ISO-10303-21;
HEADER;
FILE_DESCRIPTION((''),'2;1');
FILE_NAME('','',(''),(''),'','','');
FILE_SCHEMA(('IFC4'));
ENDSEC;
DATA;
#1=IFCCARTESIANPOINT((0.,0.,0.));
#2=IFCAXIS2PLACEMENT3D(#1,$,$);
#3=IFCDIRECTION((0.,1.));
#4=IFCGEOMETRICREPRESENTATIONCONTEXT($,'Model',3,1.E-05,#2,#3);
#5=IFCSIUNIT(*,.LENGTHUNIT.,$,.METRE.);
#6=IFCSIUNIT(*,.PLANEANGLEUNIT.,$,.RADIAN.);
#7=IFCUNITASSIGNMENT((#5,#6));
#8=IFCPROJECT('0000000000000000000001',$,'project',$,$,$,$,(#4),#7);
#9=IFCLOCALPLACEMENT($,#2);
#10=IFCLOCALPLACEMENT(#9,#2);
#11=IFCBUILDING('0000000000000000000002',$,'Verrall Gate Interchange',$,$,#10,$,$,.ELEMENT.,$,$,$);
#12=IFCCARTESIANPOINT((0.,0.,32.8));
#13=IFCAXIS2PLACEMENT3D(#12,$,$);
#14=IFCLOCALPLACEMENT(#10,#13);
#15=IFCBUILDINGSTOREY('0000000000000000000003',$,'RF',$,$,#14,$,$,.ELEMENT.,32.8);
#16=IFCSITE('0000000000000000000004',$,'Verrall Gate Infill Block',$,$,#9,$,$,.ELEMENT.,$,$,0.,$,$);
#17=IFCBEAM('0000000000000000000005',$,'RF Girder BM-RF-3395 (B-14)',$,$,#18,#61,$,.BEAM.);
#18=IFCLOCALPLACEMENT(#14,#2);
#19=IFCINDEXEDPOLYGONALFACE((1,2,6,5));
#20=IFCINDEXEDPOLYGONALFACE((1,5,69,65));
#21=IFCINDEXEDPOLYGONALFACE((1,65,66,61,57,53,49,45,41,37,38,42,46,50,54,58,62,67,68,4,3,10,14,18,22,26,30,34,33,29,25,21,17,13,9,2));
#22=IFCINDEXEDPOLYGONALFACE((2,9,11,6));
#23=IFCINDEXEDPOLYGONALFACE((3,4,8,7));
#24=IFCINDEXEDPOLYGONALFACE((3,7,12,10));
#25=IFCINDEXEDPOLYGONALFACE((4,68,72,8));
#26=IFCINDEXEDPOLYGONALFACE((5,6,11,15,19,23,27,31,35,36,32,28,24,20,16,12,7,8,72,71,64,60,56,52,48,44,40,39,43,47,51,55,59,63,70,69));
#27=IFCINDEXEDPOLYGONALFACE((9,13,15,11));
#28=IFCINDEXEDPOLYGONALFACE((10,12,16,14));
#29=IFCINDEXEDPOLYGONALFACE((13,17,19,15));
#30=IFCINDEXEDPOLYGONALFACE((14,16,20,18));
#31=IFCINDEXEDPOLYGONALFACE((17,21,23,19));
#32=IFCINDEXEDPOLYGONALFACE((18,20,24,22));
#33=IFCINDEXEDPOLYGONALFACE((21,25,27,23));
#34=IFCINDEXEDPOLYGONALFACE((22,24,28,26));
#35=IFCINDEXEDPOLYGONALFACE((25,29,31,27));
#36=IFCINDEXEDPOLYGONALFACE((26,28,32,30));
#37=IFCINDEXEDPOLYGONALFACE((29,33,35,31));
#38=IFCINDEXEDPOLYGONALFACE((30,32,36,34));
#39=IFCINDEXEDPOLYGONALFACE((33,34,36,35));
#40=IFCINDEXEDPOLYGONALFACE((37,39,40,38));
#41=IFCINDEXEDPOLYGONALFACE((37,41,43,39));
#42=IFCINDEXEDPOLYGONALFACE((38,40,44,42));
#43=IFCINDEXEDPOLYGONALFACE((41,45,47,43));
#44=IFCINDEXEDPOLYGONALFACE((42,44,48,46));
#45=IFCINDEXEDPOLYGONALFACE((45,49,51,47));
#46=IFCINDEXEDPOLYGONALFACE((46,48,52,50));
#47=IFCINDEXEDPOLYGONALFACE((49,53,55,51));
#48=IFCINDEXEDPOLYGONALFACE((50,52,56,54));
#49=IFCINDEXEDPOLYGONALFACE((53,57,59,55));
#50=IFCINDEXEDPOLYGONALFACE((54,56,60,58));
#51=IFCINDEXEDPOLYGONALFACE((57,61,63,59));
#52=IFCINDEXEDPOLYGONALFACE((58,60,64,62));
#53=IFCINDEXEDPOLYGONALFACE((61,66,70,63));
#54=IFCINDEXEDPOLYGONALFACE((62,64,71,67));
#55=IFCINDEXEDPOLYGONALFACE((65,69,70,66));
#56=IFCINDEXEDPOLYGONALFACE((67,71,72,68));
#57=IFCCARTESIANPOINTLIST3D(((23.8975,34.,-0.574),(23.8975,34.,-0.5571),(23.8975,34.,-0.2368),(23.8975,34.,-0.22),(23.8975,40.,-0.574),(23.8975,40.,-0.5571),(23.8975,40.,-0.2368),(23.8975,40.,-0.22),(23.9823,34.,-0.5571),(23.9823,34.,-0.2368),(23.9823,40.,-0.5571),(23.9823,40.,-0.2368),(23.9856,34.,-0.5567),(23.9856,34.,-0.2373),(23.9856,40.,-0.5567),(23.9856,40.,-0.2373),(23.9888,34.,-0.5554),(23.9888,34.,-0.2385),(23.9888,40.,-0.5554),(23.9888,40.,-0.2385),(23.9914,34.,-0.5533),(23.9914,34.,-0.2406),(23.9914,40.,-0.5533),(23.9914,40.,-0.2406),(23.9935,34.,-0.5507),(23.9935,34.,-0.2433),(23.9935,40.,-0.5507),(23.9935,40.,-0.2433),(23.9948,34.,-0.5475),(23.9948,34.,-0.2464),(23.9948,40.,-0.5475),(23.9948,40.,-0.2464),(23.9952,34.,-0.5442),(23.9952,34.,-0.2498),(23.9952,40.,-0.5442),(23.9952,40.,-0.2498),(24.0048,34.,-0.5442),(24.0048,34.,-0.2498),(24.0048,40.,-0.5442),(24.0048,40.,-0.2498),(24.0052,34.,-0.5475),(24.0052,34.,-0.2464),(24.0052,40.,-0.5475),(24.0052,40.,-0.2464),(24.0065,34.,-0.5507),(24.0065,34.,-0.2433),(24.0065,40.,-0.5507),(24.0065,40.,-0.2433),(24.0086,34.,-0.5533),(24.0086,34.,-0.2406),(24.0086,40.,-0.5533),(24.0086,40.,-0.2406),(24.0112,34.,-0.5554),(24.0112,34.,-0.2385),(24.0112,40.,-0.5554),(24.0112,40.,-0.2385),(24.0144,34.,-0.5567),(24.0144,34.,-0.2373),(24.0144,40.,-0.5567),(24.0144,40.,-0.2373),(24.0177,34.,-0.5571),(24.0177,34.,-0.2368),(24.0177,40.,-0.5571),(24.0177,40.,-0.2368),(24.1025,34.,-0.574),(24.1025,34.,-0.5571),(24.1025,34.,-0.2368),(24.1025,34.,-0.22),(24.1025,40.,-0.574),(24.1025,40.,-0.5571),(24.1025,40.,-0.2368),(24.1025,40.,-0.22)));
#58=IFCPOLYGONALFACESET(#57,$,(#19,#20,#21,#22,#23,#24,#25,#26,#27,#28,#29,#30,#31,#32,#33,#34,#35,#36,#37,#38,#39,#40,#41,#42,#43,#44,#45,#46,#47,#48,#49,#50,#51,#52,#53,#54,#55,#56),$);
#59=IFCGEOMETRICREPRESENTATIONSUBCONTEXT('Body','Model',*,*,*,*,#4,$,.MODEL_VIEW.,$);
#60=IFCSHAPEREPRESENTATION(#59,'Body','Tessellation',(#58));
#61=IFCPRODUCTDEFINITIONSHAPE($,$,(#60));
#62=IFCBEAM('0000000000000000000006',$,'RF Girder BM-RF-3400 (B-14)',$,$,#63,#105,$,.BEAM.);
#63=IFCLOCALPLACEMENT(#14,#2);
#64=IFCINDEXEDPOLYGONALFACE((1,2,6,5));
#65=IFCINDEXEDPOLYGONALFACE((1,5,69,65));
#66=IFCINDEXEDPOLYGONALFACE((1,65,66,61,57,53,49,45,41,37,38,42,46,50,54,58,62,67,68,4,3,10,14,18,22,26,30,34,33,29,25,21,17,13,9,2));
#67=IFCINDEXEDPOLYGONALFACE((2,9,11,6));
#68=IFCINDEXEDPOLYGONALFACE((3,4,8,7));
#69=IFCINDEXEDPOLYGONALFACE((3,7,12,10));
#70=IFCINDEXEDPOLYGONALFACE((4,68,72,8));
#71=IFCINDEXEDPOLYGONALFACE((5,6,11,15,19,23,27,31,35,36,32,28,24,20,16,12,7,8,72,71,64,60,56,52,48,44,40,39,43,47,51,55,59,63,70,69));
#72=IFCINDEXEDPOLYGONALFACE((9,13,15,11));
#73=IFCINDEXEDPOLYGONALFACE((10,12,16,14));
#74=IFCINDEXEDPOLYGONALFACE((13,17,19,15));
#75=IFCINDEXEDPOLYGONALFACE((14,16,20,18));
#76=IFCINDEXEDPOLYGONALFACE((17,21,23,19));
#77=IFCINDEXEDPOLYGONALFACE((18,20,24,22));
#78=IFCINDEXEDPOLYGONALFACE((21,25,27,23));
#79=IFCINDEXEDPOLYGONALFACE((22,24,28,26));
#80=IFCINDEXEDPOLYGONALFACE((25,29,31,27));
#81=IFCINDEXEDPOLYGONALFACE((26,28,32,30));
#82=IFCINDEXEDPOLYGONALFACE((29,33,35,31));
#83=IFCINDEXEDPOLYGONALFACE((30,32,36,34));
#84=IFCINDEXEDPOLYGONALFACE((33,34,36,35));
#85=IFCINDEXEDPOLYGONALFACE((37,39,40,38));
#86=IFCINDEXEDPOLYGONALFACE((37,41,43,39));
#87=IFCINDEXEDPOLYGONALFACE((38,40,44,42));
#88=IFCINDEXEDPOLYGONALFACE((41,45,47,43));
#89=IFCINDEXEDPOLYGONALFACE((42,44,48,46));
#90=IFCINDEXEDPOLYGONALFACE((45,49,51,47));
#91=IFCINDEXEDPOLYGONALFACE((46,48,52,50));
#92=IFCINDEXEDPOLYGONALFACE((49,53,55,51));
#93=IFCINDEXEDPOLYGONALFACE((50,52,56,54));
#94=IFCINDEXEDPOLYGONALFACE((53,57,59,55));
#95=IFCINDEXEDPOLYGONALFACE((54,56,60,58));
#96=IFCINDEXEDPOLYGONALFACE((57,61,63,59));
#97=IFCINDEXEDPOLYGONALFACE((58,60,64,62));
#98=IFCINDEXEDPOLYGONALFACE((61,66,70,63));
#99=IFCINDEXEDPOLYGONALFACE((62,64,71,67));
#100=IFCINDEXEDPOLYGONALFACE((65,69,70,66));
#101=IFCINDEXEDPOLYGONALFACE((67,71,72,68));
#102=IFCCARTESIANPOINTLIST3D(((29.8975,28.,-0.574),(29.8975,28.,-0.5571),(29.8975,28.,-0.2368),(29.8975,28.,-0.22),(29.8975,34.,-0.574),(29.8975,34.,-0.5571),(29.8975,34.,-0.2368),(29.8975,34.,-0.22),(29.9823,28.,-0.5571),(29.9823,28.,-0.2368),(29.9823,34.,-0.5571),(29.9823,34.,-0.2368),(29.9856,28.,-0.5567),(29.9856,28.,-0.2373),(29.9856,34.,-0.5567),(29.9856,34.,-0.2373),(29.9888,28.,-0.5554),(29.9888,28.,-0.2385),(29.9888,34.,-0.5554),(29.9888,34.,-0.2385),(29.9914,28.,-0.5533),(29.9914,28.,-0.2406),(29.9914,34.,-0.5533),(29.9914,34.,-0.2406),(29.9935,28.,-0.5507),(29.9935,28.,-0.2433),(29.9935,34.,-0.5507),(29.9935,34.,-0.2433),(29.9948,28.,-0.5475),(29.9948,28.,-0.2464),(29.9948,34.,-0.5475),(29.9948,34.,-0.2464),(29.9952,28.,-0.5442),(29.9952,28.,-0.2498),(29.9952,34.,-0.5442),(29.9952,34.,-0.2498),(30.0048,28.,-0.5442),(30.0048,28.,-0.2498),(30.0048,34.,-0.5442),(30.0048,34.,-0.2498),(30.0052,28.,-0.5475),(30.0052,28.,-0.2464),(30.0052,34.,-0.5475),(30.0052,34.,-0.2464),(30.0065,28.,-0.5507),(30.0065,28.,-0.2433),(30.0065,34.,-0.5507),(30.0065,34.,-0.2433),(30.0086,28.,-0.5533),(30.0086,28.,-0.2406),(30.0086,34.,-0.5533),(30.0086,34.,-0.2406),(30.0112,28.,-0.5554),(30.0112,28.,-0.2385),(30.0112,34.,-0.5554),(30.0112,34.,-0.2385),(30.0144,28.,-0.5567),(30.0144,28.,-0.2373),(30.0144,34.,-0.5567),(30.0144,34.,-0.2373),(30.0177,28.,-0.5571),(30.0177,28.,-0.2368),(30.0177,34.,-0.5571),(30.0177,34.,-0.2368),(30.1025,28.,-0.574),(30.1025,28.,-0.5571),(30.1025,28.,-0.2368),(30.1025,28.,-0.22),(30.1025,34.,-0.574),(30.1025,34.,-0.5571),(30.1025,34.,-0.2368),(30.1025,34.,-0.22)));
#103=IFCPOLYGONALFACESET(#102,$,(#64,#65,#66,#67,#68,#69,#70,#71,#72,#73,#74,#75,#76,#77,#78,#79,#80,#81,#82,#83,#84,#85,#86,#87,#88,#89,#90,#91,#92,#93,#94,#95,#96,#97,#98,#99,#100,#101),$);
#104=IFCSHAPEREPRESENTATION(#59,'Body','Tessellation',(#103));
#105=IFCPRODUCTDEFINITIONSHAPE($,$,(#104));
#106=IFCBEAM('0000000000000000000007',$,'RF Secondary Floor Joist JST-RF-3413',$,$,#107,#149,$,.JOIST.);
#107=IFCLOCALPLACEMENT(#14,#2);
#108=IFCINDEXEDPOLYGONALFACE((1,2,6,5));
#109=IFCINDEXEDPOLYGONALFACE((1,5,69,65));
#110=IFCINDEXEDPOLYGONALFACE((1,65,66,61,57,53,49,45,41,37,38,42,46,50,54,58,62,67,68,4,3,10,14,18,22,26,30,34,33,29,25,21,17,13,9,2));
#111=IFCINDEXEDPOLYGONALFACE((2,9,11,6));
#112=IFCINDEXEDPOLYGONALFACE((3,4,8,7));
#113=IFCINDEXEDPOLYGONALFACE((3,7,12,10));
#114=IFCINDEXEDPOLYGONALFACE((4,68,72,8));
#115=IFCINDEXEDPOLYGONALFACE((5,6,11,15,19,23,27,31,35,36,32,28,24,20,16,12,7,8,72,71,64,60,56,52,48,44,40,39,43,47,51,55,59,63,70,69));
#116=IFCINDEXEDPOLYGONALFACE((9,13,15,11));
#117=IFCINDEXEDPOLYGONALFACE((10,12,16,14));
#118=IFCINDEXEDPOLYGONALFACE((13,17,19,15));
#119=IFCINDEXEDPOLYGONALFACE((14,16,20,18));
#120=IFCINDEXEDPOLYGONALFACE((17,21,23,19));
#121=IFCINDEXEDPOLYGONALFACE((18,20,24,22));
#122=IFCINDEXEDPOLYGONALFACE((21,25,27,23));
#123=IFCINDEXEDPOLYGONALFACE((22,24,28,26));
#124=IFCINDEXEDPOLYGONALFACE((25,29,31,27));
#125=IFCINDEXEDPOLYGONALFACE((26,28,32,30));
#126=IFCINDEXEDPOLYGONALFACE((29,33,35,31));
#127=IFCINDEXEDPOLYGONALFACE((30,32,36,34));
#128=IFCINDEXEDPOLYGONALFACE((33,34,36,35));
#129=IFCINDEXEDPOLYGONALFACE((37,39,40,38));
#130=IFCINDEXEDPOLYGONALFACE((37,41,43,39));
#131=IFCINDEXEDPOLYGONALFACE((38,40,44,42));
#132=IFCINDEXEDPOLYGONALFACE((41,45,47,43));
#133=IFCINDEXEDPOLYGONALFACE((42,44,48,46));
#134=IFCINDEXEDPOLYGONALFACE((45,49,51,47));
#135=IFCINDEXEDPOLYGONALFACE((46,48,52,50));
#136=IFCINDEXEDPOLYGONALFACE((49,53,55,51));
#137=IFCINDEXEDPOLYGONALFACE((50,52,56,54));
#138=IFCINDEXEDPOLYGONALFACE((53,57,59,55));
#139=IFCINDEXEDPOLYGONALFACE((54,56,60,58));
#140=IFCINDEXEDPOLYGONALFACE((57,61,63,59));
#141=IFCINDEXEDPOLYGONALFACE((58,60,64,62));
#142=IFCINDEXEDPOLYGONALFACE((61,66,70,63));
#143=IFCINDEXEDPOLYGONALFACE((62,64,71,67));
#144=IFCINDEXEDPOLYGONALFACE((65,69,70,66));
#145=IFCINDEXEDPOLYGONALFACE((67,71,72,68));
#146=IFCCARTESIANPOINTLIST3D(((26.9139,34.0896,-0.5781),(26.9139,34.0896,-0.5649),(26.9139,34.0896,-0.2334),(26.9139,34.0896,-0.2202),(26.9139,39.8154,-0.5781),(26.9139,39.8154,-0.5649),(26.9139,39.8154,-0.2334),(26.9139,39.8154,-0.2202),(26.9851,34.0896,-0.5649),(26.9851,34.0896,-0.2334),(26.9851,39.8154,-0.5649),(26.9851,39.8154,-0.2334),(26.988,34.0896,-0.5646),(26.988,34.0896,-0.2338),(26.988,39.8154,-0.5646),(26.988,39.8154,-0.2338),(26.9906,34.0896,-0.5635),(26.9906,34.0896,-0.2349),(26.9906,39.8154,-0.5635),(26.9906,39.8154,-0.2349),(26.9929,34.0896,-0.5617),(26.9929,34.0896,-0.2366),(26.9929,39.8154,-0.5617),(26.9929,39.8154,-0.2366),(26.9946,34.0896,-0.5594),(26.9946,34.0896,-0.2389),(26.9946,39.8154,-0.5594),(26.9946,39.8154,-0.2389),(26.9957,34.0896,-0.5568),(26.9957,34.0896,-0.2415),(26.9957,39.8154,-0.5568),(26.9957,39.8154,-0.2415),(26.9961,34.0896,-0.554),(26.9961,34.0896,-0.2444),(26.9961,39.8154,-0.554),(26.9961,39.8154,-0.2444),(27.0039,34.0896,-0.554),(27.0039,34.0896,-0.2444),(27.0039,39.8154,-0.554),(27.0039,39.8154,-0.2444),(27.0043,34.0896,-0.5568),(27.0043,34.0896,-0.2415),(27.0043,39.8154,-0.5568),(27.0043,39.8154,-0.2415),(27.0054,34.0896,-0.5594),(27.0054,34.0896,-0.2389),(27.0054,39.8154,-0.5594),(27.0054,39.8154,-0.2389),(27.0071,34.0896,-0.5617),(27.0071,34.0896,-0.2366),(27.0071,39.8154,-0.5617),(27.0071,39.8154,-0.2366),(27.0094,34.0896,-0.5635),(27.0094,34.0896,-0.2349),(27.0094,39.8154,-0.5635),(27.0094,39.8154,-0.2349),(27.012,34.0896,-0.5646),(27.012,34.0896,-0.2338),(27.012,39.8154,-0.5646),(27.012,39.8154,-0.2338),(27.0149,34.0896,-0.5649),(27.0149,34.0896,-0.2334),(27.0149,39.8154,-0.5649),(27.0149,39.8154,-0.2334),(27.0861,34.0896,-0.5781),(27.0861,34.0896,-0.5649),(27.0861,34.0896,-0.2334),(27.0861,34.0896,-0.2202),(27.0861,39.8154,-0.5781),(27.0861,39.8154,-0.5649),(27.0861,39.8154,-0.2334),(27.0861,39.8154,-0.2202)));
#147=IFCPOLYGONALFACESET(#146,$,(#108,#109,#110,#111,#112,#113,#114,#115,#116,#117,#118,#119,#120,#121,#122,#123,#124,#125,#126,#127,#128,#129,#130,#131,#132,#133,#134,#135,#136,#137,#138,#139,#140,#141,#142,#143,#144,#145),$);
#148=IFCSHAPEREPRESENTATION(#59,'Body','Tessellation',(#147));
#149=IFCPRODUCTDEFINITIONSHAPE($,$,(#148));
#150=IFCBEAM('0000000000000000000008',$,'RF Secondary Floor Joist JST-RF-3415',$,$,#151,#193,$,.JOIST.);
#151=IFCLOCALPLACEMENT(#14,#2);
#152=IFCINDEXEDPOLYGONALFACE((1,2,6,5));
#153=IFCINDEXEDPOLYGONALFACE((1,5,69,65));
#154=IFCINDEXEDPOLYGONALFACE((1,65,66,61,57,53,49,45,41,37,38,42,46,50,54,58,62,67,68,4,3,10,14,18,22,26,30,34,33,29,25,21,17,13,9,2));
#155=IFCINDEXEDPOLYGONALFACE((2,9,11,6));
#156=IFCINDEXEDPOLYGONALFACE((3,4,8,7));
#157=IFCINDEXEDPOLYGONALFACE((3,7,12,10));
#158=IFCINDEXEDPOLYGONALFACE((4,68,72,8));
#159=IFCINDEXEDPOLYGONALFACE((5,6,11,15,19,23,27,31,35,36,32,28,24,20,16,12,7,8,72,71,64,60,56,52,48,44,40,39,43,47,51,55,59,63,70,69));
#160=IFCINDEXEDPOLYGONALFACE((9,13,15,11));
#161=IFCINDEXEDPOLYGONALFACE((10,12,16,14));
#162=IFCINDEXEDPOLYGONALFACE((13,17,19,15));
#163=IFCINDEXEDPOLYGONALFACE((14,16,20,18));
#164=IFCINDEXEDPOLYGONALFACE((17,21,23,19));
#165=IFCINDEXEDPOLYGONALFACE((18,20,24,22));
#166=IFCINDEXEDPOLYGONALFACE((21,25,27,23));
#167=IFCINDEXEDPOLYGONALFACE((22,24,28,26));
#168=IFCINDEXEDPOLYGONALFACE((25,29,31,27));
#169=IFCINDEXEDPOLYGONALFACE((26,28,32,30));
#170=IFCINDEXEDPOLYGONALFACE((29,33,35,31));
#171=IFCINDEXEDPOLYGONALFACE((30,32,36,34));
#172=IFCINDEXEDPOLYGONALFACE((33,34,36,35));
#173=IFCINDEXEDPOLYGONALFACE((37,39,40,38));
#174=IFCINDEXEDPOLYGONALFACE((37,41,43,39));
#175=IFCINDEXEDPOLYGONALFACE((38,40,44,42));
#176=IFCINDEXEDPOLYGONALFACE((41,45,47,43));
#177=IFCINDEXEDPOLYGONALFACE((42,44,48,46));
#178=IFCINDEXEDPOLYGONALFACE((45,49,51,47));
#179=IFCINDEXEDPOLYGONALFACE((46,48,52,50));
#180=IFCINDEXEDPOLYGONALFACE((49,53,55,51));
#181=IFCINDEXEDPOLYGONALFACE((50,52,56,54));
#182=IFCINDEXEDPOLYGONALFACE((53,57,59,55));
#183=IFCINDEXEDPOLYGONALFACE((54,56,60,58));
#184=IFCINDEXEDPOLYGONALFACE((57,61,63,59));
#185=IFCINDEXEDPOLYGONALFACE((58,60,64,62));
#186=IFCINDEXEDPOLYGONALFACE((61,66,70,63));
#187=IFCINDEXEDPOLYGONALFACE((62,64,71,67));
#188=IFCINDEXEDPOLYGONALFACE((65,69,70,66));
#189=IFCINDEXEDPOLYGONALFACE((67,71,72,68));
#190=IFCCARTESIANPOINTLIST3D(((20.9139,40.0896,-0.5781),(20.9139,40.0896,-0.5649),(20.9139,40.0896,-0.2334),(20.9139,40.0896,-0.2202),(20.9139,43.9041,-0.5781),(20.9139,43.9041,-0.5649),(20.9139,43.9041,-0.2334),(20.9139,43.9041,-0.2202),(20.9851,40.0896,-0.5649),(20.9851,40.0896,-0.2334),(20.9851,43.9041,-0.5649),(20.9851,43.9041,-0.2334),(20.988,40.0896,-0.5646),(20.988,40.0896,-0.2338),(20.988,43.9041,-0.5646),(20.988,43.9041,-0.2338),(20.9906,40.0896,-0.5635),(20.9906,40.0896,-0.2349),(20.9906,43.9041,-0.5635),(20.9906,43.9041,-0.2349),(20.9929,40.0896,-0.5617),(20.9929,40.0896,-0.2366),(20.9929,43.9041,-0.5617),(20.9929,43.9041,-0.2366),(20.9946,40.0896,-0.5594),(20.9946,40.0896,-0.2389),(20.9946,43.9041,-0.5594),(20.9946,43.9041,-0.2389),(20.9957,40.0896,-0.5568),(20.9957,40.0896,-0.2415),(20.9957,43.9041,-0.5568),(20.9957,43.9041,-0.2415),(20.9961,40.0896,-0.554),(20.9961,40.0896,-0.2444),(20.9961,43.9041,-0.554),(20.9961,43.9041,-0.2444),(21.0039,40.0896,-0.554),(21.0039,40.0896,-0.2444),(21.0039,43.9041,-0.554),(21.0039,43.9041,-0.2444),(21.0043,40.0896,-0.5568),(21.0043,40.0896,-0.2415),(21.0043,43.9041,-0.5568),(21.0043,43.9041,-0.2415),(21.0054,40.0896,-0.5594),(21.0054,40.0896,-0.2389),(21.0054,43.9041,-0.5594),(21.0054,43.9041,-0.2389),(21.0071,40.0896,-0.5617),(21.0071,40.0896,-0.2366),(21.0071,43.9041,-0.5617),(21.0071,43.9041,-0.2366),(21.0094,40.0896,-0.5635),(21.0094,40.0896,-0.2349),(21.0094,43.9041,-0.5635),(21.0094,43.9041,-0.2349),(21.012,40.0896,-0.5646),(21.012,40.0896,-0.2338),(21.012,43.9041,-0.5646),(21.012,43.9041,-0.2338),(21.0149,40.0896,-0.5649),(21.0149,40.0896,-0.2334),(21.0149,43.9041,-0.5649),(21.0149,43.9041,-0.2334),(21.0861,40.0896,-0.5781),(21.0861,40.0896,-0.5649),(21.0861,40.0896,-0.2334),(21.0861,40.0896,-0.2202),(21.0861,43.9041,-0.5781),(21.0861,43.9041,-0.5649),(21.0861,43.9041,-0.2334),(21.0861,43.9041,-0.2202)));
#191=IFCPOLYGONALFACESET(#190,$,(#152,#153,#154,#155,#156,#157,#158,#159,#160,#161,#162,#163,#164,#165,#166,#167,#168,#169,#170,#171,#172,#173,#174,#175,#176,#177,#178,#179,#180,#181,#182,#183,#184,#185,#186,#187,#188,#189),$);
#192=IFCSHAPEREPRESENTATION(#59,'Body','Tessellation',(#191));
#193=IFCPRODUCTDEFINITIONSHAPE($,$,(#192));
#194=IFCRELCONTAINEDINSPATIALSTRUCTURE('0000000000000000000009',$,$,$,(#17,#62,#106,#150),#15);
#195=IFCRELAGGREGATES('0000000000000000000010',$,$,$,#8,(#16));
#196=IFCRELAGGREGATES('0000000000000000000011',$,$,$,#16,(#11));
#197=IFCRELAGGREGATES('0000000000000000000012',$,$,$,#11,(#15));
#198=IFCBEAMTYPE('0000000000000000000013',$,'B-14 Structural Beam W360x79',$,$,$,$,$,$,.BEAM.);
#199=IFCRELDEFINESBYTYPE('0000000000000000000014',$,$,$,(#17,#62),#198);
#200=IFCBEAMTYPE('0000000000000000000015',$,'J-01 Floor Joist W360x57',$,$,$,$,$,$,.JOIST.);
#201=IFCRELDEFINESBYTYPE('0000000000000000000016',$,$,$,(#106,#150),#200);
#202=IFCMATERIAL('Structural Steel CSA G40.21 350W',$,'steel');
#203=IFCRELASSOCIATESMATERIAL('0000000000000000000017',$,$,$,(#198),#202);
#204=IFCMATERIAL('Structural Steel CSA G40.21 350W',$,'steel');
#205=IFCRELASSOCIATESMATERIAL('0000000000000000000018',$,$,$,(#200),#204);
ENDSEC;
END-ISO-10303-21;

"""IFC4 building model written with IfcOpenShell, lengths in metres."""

from ifc_helpers import new_model, si_unit, direction, frame, origin, origin_2d, place, context, subcontext, project, spatial, i_section, extrude, material, material_profile, profile_set, type_object, element, save


model = new_model("IFC4")

# Units and contexts
model_context = context("Model", 3, precision=1e-05, world=origin(), true_north=direction((0.0, 1.0)))
body_context = subcontext(model_context, "Body", "Model", "MODEL_VIEW")
ifc_project = project(units=[si_unit("LENGTHUNIT", "METRE"), si_unit("PLANEANGLEUNIT", "RADIAN")], contexts=[model_context])

# Site, building, storey
site_placement = place(None, origin())
site = spatial("IfcSite", under=ifc_project, at=site_placement, Name="Verrall Gate Infill Block", CompositionType="ELEMENT", RefElevation=0.0)
building_placement = place(site_placement, origin())
building = spatial("IfcBuilding", under=site, at=building_placement, Name="Verrall Gate Interchange", CompositionType="ELEMENT")
storey_placement = place(building_placement, frame((0.0, 0.0, 32.8)))
storey = spatial("IfcBuildingStorey", under=building, at=storey_placement, Name="RF", CompositionType="ELEMENT", Elevation=32.8)

# Beams
ifc_material_1 = material(Name="Structural Steel CSA G40.21 350W", Category="steel")
ifc_material_profile_1 = material_profile(ifc_material_1, i_section(OverallWidth=0.2051, OverallDepth=0.354, WebThickness=0.0095, FlangeThickness=0.0168, FilletRadius=0.0129, at=origin_2d()), Name="W360x79")
ifc_profile_set_1 = profile_set([ifc_material_profile_1], Name="Structural Steel CSA G40.21 350W")
beam_type_1 = type_object("IfcBeamType", Name="B-14 Structural Beam W360x79", PredefinedType="BEAM", material=ifc_profile_set_1)
for number, where, z_axis, x_axis, name in (
    (1, (24.0, 34.0, -0.397), (0.0, 1.0, 0.0), (-1.0, 0.0, 0.0), "RF Girder BM-RF-3395 (B-14)"),
    (2, (30.0, 28.0, -0.397), (0.0, 1.0, 0.0), (-1.0, 0.0, 0.0), "RF Girder BM-RF-3400 (B-14)"),
):
    element("IfcBeam", number, at=place(storey_placement, frame(where, z_axis=z_axis, x_axis=x_axis)), inside=storey, type_object=beam_type_1, Name=name, PredefinedType="BEAM", context=body_context, shape_type="SweptSolid", body=[
        extrude(i_section(OverallWidth=0.2051, OverallDepth=0.354, WebThickness=0.0095, FlangeThickness=0.0168, FilletRadius=0.0129, at=origin_2d()), origin(), (0.0, 0.0, 1.0), 6.0),
    ])
ifc_material_2 = material(Name="Structural Steel CSA G40.21 350W", Category="steel")
ifc_material_profile_2 = material_profile(ifc_material_2, i_section(OverallWidth=0.1721, OverallDepth=0.3579, WebThickness=0.0078, FlangeThickness=0.0132, FilletRadius=0.011, at=origin_2d()), Name="W360x57")
ifc_profile_set_2 = profile_set([ifc_material_profile_2], Name="Structural Steel CSA G40.21 350W")
beam_type_2 = type_object("IfcBeamType", Name="J-01 Floor Joist W360x57", PredefinedType="JOIST", material=ifc_profile_set_2)
beam_1_placement = place(storey_placement, frame((27.0, 34.0896, -0.3992), z_axis=(0.0, 1.0, 0.0), x_axis=(-1.0, 0.0, 0.0)))
element("IfcBeam", 3, at=beam_1_placement, inside=storey, type_object=beam_type_2, Name="RF Secondary Floor Joist JST-RF-3413", PredefinedType="JOIST", context=body_context, shape_type="SweptSolid", body=[
    extrude(i_section(OverallWidth=0.1721, OverallDepth=0.3579, WebThickness=0.0078, FlangeThickness=0.0132, FilletRadius=0.011, at=origin_2d()), origin(), (0.0, 0.0, 1.0), 5.7258),
])
beam_2_placement = place(storey_placement, frame((21.0, 40.0896, -0.3992), z_axis=(0.0, 1.0, 0.0), x_axis=(-1.0, 0.0, 0.0)))
element("IfcBeam", 4, at=beam_2_placement, inside=storey, type_object=beam_type_2, Name="RF Secondary Floor Joist JST-RF-3415", PredefinedType="JOIST", context=body_context, shape_type="SweptSolid", body=[
    extrude(i_section(OverallWidth=0.1721, OverallDepth=0.3579, WebThickness=0.0078, FlangeThickness=0.0132, FilletRadius=0.011, at=origin_2d()), origin(), (0.0, 0.0, 1.0), 3.8145),
])

save(model, "model.ifc")
